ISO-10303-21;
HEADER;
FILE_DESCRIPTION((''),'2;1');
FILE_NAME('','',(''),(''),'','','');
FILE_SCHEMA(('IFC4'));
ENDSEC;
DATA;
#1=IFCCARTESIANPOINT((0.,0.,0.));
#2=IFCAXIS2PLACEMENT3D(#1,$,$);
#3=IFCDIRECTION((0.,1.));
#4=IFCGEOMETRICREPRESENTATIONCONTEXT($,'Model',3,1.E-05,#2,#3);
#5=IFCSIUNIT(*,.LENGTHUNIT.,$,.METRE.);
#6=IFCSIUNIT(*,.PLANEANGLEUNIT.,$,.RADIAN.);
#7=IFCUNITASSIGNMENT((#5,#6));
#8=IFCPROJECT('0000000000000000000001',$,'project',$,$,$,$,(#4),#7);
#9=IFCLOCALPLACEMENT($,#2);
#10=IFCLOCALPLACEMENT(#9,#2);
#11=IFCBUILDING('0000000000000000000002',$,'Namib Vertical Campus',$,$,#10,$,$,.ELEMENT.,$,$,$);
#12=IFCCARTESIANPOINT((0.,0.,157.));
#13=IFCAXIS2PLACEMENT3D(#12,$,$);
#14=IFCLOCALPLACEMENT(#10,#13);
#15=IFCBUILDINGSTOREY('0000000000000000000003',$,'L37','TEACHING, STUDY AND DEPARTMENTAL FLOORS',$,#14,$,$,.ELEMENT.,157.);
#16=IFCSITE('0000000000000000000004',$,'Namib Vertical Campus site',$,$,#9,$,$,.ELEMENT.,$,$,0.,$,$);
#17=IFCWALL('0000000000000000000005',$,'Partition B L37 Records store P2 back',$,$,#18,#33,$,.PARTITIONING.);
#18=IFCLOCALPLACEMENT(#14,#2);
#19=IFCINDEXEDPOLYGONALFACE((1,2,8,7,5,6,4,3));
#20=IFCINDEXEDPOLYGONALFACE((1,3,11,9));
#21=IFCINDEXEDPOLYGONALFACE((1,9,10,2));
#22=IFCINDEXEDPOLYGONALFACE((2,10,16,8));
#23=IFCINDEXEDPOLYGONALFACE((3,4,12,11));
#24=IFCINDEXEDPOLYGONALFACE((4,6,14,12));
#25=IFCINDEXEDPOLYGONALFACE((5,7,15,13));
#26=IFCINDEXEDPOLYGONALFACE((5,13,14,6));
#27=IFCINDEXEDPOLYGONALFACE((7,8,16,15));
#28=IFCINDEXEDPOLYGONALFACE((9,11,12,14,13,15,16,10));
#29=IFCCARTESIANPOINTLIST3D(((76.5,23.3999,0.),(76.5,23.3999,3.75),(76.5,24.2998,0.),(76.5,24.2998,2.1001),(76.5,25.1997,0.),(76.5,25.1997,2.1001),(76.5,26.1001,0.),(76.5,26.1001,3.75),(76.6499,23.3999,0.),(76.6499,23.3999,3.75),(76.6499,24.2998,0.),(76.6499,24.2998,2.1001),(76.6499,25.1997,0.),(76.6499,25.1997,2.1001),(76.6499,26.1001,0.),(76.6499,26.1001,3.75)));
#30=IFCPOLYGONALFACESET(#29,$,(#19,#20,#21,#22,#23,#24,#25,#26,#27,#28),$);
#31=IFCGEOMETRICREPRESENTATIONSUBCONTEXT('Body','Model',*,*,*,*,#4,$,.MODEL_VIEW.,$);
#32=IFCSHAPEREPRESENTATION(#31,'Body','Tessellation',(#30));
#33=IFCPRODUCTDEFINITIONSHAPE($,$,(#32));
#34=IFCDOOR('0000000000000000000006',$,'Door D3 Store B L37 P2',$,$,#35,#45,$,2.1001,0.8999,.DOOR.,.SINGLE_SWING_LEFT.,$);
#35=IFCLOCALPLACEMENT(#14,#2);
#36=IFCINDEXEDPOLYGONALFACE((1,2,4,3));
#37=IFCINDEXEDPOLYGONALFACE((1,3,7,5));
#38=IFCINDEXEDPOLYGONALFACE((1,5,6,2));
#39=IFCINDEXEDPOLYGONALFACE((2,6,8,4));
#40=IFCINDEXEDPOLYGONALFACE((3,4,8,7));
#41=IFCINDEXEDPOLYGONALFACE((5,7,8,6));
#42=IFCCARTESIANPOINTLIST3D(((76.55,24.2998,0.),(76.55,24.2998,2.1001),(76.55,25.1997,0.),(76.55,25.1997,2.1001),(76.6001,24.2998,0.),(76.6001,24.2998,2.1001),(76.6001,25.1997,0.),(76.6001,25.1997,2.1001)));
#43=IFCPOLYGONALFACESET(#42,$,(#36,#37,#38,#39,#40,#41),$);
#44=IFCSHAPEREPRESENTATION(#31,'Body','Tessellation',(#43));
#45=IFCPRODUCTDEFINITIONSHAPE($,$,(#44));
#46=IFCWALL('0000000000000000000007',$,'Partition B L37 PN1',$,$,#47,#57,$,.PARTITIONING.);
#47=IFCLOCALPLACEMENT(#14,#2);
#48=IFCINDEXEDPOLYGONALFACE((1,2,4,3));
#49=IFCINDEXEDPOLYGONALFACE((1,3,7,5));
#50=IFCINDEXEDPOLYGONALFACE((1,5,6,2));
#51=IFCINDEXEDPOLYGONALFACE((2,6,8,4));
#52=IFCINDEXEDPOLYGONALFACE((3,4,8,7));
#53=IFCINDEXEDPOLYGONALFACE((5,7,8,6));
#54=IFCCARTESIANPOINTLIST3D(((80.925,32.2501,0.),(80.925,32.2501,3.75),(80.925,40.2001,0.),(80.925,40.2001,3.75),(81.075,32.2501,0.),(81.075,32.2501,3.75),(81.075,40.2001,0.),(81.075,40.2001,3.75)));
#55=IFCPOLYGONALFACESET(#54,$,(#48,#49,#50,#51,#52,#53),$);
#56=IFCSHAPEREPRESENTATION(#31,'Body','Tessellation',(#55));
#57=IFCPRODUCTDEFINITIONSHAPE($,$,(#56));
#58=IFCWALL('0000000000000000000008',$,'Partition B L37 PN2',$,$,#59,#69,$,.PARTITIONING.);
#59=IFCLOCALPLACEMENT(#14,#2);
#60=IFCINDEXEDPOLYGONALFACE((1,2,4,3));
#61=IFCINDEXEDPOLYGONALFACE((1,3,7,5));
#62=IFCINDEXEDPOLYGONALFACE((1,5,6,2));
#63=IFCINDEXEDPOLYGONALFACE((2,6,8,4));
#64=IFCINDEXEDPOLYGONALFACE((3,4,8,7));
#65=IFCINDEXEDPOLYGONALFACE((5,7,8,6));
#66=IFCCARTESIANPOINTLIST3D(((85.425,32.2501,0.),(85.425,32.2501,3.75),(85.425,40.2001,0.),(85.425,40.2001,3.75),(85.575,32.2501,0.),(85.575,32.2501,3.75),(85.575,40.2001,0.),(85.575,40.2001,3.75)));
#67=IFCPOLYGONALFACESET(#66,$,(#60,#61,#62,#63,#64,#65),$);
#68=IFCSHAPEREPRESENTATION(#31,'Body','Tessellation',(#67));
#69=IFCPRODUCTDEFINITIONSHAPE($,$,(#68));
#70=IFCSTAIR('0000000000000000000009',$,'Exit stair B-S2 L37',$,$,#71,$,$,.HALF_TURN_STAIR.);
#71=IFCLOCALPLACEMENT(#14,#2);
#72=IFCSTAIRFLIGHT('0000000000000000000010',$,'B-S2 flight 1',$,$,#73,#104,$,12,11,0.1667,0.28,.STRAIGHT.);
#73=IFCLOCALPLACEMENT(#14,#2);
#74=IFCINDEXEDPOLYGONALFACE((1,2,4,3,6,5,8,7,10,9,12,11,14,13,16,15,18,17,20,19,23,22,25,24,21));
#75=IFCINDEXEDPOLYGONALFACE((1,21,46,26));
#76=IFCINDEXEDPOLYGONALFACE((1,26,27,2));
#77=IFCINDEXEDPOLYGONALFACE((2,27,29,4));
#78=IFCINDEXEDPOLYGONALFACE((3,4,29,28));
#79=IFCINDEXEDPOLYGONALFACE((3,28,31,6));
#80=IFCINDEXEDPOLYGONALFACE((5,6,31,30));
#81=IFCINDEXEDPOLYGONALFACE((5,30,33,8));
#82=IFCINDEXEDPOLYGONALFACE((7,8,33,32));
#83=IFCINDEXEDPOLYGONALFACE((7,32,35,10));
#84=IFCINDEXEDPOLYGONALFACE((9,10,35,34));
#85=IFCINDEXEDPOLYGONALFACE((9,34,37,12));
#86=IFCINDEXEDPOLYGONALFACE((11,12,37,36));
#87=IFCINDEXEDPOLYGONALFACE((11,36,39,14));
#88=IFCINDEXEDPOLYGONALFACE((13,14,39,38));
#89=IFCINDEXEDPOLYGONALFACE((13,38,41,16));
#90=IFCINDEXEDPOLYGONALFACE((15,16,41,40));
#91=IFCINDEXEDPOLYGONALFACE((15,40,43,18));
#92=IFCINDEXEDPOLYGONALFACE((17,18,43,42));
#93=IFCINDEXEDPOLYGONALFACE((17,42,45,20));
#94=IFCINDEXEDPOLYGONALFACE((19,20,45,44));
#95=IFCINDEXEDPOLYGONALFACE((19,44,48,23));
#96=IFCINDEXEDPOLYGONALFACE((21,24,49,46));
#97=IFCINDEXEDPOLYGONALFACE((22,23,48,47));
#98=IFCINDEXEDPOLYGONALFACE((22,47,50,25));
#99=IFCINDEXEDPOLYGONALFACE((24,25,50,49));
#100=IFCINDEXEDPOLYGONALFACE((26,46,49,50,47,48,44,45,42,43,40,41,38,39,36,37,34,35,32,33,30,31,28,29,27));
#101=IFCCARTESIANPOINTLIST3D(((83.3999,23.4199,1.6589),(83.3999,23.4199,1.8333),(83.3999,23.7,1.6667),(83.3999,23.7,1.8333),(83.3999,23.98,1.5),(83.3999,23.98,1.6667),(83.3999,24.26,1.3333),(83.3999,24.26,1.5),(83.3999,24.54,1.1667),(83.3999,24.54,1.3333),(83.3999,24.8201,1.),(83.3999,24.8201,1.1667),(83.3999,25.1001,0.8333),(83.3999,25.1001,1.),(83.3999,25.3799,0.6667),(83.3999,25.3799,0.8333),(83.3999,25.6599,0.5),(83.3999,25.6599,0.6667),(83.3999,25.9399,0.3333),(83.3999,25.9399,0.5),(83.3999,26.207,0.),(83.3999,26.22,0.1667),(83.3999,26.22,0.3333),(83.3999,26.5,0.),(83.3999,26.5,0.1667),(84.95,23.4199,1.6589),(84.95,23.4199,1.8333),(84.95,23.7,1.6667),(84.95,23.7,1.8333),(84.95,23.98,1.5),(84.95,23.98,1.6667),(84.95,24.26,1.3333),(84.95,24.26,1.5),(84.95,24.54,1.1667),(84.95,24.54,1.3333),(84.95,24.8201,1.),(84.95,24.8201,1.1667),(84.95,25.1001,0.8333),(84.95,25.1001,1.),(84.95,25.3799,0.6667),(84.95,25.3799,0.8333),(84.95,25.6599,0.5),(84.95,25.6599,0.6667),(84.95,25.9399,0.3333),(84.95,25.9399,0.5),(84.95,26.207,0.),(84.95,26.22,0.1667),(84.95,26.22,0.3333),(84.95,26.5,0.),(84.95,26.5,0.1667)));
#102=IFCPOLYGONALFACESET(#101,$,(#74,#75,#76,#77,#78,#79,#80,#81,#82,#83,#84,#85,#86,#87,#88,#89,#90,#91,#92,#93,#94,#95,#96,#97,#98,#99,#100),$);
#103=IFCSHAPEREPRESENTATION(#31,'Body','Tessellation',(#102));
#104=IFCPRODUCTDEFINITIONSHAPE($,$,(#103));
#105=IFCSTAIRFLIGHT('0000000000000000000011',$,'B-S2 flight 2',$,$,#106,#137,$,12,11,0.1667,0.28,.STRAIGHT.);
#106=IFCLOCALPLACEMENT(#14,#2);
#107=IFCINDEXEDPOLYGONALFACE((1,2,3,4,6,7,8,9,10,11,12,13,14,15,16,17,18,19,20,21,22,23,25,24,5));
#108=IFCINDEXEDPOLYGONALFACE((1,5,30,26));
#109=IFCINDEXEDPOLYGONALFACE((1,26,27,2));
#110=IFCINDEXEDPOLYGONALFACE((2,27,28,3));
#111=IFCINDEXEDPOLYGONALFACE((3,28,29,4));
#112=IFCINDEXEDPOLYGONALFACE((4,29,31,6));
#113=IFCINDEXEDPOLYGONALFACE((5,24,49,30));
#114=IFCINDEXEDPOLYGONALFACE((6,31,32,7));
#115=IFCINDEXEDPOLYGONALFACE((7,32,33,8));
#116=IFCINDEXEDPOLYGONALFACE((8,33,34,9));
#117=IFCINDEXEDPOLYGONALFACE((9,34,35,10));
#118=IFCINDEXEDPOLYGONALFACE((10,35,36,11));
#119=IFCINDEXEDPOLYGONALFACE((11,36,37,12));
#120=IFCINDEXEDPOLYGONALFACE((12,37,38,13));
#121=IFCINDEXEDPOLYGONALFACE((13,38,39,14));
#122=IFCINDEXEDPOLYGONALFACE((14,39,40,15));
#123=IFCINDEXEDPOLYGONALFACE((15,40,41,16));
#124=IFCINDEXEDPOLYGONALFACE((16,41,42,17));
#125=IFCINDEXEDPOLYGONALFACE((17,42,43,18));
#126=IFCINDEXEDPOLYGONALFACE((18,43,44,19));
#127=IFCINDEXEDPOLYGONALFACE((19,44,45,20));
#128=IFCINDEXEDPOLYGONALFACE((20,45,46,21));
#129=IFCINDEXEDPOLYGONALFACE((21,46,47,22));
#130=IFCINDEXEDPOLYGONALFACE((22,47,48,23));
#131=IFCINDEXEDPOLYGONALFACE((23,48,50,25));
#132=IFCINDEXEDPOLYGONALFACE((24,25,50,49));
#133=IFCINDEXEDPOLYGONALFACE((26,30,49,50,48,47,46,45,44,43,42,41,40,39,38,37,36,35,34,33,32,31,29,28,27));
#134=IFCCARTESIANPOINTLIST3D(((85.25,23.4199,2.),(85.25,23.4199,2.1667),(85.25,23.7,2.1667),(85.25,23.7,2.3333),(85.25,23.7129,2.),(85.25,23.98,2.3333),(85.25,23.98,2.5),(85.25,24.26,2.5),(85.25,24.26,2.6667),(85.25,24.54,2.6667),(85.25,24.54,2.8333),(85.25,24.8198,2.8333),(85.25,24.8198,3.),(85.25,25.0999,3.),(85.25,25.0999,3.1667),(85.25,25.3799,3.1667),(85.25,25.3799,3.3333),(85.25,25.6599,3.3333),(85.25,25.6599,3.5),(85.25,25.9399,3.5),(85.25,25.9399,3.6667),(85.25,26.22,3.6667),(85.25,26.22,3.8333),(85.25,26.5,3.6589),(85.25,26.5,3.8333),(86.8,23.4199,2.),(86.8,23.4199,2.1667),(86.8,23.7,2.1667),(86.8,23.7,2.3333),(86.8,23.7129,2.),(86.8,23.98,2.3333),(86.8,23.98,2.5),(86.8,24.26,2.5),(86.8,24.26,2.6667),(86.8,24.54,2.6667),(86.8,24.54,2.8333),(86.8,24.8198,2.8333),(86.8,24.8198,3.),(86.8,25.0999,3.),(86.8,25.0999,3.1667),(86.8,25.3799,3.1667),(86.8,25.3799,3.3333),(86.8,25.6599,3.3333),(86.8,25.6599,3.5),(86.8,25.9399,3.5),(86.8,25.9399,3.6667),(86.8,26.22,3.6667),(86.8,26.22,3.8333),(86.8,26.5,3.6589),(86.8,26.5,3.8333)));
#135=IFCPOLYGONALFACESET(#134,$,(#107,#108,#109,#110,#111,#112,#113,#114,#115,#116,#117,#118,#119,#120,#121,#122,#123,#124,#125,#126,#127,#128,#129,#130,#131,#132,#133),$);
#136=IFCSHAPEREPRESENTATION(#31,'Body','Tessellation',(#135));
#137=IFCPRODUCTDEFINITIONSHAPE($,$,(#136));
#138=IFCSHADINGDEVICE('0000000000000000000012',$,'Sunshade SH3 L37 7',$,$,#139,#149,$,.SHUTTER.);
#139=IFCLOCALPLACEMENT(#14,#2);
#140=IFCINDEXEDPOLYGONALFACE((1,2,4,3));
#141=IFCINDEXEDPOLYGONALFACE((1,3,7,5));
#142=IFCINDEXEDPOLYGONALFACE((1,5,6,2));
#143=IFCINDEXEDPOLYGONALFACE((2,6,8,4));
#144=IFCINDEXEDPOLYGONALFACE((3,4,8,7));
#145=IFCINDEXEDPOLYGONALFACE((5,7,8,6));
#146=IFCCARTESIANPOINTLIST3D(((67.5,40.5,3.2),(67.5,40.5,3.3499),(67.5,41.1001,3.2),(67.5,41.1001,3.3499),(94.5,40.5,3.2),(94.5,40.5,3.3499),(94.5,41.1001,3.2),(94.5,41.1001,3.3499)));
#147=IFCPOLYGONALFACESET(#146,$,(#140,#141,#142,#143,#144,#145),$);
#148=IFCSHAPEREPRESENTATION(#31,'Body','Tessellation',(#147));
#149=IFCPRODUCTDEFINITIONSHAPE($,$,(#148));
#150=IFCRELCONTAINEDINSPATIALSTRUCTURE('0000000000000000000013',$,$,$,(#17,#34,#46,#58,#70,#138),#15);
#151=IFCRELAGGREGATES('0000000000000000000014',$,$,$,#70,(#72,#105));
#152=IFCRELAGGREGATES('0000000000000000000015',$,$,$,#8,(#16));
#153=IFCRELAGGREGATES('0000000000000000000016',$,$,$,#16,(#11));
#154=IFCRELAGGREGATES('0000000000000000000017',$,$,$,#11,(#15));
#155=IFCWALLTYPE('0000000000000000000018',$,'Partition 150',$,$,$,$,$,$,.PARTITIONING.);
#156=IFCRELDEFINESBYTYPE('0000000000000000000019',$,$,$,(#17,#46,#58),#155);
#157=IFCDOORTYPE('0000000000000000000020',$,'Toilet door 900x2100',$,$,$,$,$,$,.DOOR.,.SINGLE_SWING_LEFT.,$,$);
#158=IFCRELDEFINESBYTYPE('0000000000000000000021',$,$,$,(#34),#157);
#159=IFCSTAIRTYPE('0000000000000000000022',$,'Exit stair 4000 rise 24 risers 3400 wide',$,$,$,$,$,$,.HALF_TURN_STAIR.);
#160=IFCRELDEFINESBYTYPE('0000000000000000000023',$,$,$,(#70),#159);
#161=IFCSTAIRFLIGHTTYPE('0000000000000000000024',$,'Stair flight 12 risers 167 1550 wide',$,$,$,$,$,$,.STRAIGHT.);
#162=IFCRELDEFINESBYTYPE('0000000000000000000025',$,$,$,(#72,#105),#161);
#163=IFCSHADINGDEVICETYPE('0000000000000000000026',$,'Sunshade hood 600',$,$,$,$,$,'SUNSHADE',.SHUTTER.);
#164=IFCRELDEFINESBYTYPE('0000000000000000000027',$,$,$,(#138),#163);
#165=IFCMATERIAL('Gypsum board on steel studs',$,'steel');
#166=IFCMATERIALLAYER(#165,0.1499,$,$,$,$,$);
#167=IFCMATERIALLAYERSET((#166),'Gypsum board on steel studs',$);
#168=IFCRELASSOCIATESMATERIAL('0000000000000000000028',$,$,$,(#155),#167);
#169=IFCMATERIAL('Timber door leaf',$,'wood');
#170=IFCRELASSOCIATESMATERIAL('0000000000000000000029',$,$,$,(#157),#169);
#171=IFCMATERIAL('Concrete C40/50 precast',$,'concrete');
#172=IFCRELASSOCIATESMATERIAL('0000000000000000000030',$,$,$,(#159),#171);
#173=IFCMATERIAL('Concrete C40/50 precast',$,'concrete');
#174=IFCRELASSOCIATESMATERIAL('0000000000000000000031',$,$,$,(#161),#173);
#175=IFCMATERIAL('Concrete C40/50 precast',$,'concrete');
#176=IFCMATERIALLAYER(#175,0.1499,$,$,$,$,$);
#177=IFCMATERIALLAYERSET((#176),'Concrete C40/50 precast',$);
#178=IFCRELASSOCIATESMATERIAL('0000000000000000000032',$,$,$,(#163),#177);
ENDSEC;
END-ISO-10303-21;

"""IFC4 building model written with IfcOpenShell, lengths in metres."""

from ifc_helpers import new_model, si_unit, direction, frame, frame_2d, origin, origin_2d, place, context, subcontext, project, spatial, polyline, rectangle, outline, extrude, material, layer, layer_set, type_object, element, fill, aggregate, save


model = new_model("IFC4")

# Units and contexts
model_context = context("Model", 3, precision=1e-05, world=origin(), true_north=direction((0.0, 1.0)))
body_context = subcontext(model_context, "Body", "Model", "MODEL_VIEW")
ifc_project = project(units=[si_unit("LENGTHUNIT", "METRE"), si_unit("PLANEANGLEUNIT", "RADIAN")], contexts=[model_context])

# Site, building, storey
site_placement = place(None, origin())
site = spatial("IfcSite", under=ifc_project, at=site_placement, Name="Namib Vertical Campus site", CompositionType="ELEMENT", RefElevation=0.0)
building_placement = place(site_placement, origin())
building = spatial("IfcBuilding", under=site, at=building_placement, Name="Namib Vertical Campus", CompositionType="ELEMENT")
storey_placement = place(building_placement, frame((0.0, 0.0, 157.0)))
storey = spatial("IfcBuildingStorey", under=building, at=storey_placement, Name="L37", Description="TEACHING, STUDY AND DEPARTMENTAL FLOORS", CompositionType="ELEMENT", Elevation=157.0)

# Shared definitions
ifc_material_1 = material(Name="Gypsum board on steel studs", Category="steel")
ifc_layer_1 = layer(ifc_material_1, 0.1499)
ifc_layer_set_1 = layer_set([ifc_layer_1], Name="Gypsum board on steel studs")
wall_type_1 = type_object("IfcWallType", Name="Partition 150", PredefinedType="PARTITIONING", material=ifc_layer_set_1)

# Wall, opening, door
wall_1_placement = place(storey_placement, frame((76.575, 23.3999, 0.0), z_axis=(0.0, 0.0, 1.0), x_axis=(0.0, 1.0, 0.0)))
wall_1 = element("IfcWall", 1, at=wall_1_placement, inside=storey, type_object=wall_type_1, Name="Partition B L37 Records store P2 back", PredefinedType="PARTITIONING", context=body_context, shape_type="SweptSolid", body=[
    extrude(rectangle(XDim=2.7002, YDim=0.1499, at=frame_2d((1.3501, 0.0))), origin(), (0.0, 0.0, 1.0), 3.75),
])
opening_1_placement = place(wall_1_placement, frame((0.8999, 0.0, 0.0)))
opening_1 = element("IfcOpeningElement", 2, at=opening_1_placement, cuts=wall_1, PredefinedType="OPENING", context=body_context, shape_type="SweptSolid", body=[
    extrude(rectangle(XDim=0.8999, YDim=2.1001, at=frame_2d((0.45, 1.05))), frame((0.0, 0.085, 0.0), z_axis=(0.0, -1.0, 0.0), x_axis=(1.0, 0.0, 0.0)), (0.0, 0.0, 1.0), 0.1699),
])
ifc_material_2 = material(Name="Timber door leaf", Category="wood")
door_type_1 = type_object("IfcDoorType", Name="Toilet door 900x2100", OperationType="SINGLE_SWING_LEFT", PredefinedType="DOOR", material=ifc_material_2)
door_1_placement = place(opening_1_placement, origin())
door_1 = element("IfcDoor", 3, at=door_1_placement, inside=storey, type_object=door_type_1, Name="Door D3 Store B L37 P2", OperationType="SINGLE_SWING_LEFT", OverallHeight=2.1001, OverallWidth=0.8999, PredefinedType="DOOR", context=body_context, shape_type="SweptSolid", body=[
    extrude(rectangle(XDim=0.8999, YDim=2.1001, at=frame_2d((0.45, 1.05))), frame((0.0, 0.0249, 0.0), z_axis=(0.0, -1.0, 0.0), x_axis=(1.0, 0.0, 0.0)), (0.0, 0.0, 1.0), 0.05),
])
fill(opening_1, door_1)

# Walls
for number, where, z_axis, x_axis, name in (
    (4, (81.0, 32.25, 0.0), (0.0, 0.0, 1.0), (0.0, 1.0, 0.0), "Partition B L37 PN1"),
    (5, (85.5, 32.25, 0.0), (0.0, 0.0, 1.0), (0.0, 1.0, 0.0), "Partition B L37 PN2"),
):
    element("IfcWall", number, at=place(storey_placement, frame(where, z_axis=z_axis, x_axis=x_axis)), inside=storey, type_object=wall_type_1, Name=name, PredefinedType="PARTITIONING", context=body_context, shape_type="SweptSolid", body=[
        extrude(rectangle(XDim=7.95, YDim=0.1499, at=frame_2d((3.9751, 0.0))), origin(), (0.0, 0.0, 1.0), 3.75),
    ])

# Stair, stair flights
ifc_material_3 = material(Name="Concrete C40/50 precast", Category="concrete")
stair_type = type_object("IfcStairType", Name="Exit stair 4000 rise 24 risers 3400 wide", PredefinedType="HALF_TURN_STAIR", material=ifc_material_3)
stair_placement = place(storey_placement, origin())
stair = element("IfcStair", 6, at=stair_placement, inside=storey, type_object=stair_type, Name="Exit stair B-S2 L37", PredefinedType="HALF_TURN_STAIR")
ifc_material_4 = material(Name="Concrete C40/50 precast", Category="concrete")
stair_flight_type = type_object("IfcStairFlightType", Name="Stair flight 12 risers 167 1550 wide", PredefinedType="STRAIGHT", material=ifc_material_4)
stair_flight_1_placement = place(storey_placement, frame((84.175, 26.5, 0.0), z_axis=(0.0, 0.0, 1.0), x_axis=(0.0, -1.0, 0.0)))
stair_flight_1 = element("IfcStairFlight", 7, at=stair_flight_1_placement, type_object=stair_flight_type, Name="B-S2 flight 1", NumberOfRisers=12, NumberOfTreads=11, PredefinedType="STRAIGHT", RiserHeight=0.1667, TreadLength=0.28, context=body_context, shape_type="SweptSolid", body=[
    extrude(outline(polyline([(0.0, 0.0), (0.0, 0.1667), (0.28, 0.1667), (0.28, 0.3333), (0.5601, 0.3333), (0.5601, 0.5), (0.8401, 0.5), (0.8401, 0.6667), (1.1201, 0.6667), (1.1201, 0.8333), (1.3999, 0.8333), (1.3999, 1.0), (1.6799, 1.0), (1.6799, 1.1667), (1.96, 1.1667), (1.96, 1.3333), (2.24, 1.3333), (2.24, 1.5), (2.52, 1.5), (2.52, 1.6667), (2.8, 1.6667), (2.8, 1.8333), (3.0801, 1.8333), (3.0801, 2.0), (3.0801, 1.6589), (0.293, 0.0), (0.0, 0.0)])), frame((0.0, 0.7749, 0.0), z_axis=(0.0, -1.0, 0.0), x_axis=(1.0, 0.0, 0.0)), (0.0, 0.0, 1.0), 1.55),
])
stair_flight_2_placement = place(storey_placement, frame((86.0249, 23.4199, 2.0), z_axis=(0.0, 0.0, 1.0), x_axis=(0.0, 1.0, 0.0)))
stair_flight_2 = element("IfcStairFlight", 8, at=stair_flight_2_placement, type_object=stair_flight_type, Name="B-S2 flight 2", NumberOfRisers=12, NumberOfTreads=11, PredefinedType="STRAIGHT", RiserHeight=0.1667, TreadLength=0.28, context=body_context, shape_type="SweptSolid", body=[
    extrude(outline(polyline([(0.0, 0.0), (0.0, 0.1667), (0.28, 0.1667), (0.28, 0.3333), (0.5601, 0.3333), (0.5601, 0.5), (0.8401, 0.5), (0.8401, 0.6667), (1.1201, 0.6667), (1.1201, 0.8333), (1.3999, 0.8333), (1.3999, 1.0), (1.6799, 1.0), (1.6799, 1.1667), (1.96, 1.1667), (1.96, 1.3333), (2.24, 1.3333), (2.24, 1.5), (2.52, 1.5), (2.52, 1.6667), (2.8, 1.6667), (2.8, 1.8333), (3.0801, 1.8333), (3.0801, 2.0), (3.0801, 1.6589), (0.293, 0.0), (0.0, 0.0)])), frame((0.0, 0.7749, 0.0), z_axis=(0.0, -1.0, 0.0), x_axis=(1.0, 0.0, 0.0)), (0.0, 0.0, 1.0), 1.55),
])
aggregate(stair, [stair_flight_1, stair_flight_2])

# Shading device
ifc_material_5 = material(Name="Concrete C40/50 precast", Category="concrete")
ifc_layer_2 = layer(ifc_material_5, 0.1499)
ifc_layer_set_2 = layer_set([ifc_layer_2], Name="Concrete C40/50 precast")
shading_device_type = type_object("IfcShadingDeviceType", Name="Sunshade hood 600", ElementType="SUNSHADE", PredefinedType="SHUTTER", material=ifc_layer_set_2)
shading_device_placement = place(storey_placement, frame((81.0, 40.8, 3.2), z_axis=(0.0, 0.0, 1.0), x_axis=(-1.0, 0.0, 0.0)))
element("IfcShadingDevice", 9, at=shading_device_placement, inside=storey, type_object=shading_device_type, Name="Sunshade SH3 L37 7", PredefinedType="SHUTTER", context=body_context, shape_type="SweptSolid", body=[
    extrude(rectangle(XDim=27.0, YDim=0.6001, at=origin_2d()), origin(), (0.0, 0.0, 1.0), 0.1499),
])

save(model, "model.ifc")
